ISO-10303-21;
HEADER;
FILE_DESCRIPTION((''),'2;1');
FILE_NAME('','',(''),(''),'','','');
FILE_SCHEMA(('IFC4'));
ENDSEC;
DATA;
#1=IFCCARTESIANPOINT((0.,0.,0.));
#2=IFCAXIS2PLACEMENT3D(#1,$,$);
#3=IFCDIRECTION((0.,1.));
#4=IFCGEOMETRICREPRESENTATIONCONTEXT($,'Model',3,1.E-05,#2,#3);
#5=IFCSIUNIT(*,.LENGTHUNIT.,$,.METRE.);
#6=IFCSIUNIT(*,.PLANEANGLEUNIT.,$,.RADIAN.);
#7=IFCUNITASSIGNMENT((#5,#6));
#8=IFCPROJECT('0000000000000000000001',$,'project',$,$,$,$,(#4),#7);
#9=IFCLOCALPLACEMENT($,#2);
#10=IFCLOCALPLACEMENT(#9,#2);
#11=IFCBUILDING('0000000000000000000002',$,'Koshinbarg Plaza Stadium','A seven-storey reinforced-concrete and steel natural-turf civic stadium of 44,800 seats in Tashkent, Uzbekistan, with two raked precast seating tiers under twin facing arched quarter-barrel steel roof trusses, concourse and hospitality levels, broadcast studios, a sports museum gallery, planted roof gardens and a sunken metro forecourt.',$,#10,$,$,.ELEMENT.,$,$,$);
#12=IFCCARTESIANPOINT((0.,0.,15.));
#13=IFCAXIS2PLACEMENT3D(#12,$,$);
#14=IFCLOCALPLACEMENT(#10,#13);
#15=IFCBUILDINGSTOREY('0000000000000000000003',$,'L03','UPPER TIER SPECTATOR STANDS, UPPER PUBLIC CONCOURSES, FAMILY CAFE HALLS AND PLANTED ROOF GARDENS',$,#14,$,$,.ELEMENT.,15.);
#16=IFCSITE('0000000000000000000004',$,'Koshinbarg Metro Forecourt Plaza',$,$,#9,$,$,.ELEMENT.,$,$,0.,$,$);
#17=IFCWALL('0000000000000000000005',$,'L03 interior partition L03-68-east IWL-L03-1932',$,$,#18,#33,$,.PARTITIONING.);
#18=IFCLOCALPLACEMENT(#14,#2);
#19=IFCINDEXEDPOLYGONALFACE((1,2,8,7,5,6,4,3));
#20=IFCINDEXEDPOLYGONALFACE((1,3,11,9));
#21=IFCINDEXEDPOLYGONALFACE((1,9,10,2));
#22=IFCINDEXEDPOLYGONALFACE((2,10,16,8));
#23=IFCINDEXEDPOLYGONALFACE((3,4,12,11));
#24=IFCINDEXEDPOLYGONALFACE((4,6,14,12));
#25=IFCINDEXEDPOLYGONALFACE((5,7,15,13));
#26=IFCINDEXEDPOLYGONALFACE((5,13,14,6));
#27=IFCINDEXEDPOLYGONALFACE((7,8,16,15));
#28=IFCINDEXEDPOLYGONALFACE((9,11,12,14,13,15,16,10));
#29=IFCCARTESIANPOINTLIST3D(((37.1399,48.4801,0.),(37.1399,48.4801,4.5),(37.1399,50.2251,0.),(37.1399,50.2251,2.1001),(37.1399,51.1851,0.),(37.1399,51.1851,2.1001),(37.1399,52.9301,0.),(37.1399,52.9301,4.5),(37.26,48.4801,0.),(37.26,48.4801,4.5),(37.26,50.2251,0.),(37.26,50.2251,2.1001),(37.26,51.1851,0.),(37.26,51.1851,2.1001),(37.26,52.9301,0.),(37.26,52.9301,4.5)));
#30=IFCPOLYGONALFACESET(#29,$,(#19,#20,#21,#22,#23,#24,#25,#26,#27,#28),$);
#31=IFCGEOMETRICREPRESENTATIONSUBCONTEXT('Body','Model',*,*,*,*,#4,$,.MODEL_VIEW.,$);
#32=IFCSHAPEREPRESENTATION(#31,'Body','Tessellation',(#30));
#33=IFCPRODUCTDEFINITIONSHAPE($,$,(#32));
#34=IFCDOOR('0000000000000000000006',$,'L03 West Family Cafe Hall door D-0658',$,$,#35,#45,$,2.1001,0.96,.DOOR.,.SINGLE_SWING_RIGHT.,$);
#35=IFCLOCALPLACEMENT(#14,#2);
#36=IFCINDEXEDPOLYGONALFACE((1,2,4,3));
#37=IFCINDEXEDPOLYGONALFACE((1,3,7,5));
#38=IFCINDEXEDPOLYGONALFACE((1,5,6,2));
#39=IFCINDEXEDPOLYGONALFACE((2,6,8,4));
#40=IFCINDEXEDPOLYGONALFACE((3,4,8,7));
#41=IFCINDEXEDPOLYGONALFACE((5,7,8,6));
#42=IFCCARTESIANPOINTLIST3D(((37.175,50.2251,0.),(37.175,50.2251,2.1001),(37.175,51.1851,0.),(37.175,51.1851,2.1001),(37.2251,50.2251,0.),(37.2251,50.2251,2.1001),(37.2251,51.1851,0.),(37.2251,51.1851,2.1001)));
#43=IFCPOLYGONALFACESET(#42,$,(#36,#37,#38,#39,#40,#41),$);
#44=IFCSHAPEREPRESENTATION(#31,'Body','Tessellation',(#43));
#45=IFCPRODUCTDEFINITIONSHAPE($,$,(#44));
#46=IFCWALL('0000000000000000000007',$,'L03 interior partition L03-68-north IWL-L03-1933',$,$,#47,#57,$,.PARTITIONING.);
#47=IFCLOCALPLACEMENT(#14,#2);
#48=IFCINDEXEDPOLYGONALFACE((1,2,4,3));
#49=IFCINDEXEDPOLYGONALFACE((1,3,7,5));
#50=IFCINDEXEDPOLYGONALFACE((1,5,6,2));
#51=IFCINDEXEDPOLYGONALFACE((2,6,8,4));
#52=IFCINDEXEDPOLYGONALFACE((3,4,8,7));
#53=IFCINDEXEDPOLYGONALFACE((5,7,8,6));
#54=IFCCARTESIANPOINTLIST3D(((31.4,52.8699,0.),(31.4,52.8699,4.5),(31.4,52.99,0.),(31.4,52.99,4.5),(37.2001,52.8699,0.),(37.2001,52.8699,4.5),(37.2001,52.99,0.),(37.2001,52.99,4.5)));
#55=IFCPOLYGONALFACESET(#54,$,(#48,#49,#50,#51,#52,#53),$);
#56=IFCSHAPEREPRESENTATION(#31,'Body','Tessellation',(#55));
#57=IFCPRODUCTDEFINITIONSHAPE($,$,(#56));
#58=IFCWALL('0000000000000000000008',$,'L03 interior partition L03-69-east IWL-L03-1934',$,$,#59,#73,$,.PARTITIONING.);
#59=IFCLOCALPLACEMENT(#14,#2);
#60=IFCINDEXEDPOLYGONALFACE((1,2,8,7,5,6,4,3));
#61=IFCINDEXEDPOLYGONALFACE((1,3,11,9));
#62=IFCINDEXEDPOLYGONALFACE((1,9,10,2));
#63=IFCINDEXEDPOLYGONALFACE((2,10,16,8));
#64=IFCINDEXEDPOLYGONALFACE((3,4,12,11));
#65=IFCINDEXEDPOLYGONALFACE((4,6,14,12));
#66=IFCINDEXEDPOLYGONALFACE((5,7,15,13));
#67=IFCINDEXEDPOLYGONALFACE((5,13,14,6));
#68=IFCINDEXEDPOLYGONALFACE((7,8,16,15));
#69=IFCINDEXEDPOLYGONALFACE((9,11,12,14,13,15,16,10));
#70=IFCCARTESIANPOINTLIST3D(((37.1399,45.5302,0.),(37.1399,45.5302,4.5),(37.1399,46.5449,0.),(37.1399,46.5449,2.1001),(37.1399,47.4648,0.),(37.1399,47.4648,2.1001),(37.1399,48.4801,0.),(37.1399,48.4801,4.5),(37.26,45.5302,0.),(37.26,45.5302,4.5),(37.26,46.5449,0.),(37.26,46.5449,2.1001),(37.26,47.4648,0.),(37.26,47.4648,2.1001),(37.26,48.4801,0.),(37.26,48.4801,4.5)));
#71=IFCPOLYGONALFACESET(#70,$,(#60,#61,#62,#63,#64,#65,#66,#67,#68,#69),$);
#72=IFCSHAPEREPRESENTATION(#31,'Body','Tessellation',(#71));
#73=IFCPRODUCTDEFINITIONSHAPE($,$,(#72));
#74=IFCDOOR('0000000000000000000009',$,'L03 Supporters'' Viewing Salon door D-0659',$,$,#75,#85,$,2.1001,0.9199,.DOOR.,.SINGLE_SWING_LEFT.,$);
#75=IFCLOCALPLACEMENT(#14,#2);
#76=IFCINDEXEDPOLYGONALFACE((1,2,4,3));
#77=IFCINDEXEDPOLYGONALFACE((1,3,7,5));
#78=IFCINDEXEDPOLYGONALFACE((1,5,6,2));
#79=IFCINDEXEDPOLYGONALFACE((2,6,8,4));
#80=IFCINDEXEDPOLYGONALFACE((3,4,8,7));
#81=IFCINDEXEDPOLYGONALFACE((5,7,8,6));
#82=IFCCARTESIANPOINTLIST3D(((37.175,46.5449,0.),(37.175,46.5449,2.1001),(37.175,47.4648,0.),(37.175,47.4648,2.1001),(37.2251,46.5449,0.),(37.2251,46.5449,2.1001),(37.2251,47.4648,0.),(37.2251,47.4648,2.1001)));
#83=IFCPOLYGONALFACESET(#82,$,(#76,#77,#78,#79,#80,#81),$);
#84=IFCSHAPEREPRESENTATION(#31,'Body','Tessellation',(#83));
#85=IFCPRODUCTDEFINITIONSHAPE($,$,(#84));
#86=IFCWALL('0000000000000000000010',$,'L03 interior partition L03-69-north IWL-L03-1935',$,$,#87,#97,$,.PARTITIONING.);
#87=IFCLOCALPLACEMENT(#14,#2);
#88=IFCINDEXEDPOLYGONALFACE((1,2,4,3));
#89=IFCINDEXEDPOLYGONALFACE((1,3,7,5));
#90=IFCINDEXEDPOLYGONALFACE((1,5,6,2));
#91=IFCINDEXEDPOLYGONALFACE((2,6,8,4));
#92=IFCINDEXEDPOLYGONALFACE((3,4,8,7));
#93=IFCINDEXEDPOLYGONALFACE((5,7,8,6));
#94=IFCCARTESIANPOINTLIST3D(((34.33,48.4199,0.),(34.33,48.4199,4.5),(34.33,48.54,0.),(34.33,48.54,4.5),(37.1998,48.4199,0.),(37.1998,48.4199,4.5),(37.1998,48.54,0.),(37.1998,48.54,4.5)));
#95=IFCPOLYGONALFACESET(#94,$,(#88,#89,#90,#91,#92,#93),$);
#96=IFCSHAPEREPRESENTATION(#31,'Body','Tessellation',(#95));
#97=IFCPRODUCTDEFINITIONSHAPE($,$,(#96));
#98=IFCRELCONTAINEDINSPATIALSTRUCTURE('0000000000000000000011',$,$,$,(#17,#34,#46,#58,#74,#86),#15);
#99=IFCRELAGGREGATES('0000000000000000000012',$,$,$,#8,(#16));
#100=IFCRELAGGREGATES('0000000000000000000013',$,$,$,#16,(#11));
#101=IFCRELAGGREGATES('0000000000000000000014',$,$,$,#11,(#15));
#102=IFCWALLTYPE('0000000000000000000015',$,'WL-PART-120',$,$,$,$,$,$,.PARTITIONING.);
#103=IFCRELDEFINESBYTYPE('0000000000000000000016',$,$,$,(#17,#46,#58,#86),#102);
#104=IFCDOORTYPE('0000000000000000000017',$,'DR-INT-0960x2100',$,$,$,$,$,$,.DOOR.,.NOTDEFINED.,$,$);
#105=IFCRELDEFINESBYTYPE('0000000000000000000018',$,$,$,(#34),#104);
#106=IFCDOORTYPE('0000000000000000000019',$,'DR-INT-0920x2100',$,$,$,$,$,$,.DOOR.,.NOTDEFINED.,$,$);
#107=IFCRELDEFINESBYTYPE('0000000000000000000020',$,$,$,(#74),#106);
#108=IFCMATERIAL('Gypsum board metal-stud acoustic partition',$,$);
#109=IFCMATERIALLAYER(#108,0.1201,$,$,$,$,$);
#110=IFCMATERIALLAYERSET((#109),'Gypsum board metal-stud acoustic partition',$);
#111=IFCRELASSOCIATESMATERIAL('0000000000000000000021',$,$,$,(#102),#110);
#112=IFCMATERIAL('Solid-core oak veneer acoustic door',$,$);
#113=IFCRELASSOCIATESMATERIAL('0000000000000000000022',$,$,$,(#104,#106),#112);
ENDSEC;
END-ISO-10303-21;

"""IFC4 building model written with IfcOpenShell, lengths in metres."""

from ifc_helpers import new_model, si_unit, direction, frame, frame_2d, origin, place, context, subcontext, project, spatial, rectangle, extrude, material, layer, layer_set, type_object, element, fill, save


model = new_model("IFC4")

# Units and contexts
model_context = context("Model", 3, precision=1e-05, world=origin(), true_north=direction((0.0, 1.0)))
body_context = subcontext(model_context, "Body", "Model", "MODEL_VIEW")
ifc_project = project(units=[si_unit("LENGTHUNIT", "METRE"), si_unit("PLANEANGLEUNIT", "RADIAN")], contexts=[model_context])

# Site, building, storey
site_placement = place(None, origin())
site = spatial("IfcSite", under=ifc_project, at=site_placement, Name="Koshinbarg Metro Forecourt Plaza", CompositionType="ELEMENT", RefElevation=0.0)
building_placement = place(site_placement, origin())
building = spatial("IfcBuilding", under=site, at=building_placement, Name="Koshinbarg Plaza Stadium", Description="A seven-storey reinforced-concrete and steel natural-turf civic stadium of 44,800 seats in Tashkent, Uzbekistan, with two raked precast seating tiers under twin facing arched quarter-barrel steel roof trusses, concourse and hospitality levels, broadcast studios, a sports museum gallery, planted roof gardens and a sunken metro forecourt.", CompositionType="ELEMENT")
storey_placement = place(building_placement, frame((0.0, 0.0, 15.0)))
storey = spatial("IfcBuildingStorey", under=building, at=storey_placement, Name="L03", Description="UPPER TIER SPECTATOR STANDS, UPPER PUBLIC CONCOURSES, FAMILY CAFE HALLS AND PLANTED ROOF GARDENS", CompositionType="ELEMENT", Elevation=15.0)

# Wall, opening, door
ifc_material_1 = material(Name="Gypsum board metal-stud acoustic partition")
ifc_layer_1 = layer(ifc_material_1, 0.1201)
ifc_layer_set_1 = layer_set([ifc_layer_1], Name="Gypsum board metal-stud acoustic partition")
wall_type_1 = type_object("IfcWallType", Name="WL-PART-120", PredefinedType="PARTITIONING", material=ifc_layer_set_1)
wall_1_placement = place(storey_placement, frame((37.2, 48.48, 0.0), z_axis=(0.0, 0.0, 1.0), x_axis=(0.0, 1.0, 0.0)))
wall_1 = element("IfcWall", 1, at=wall_1_placement, inside=storey, type_object=wall_type_1, Name="L03 interior partition L03-68-east IWL-L03-1932", PredefinedType="PARTITIONING", context=body_context, shape_type="SweptSolid", body=[
    extrude(rectangle(XDim=4.45, YDim=0.1201, at=frame_2d((2.2251, 0.0))), origin(), (0.0, 0.0, 1.0), 4.5),
])
opening_1_placement = place(wall_1_placement, frame((1.7451, 0.0, 0.0)))
opening_1 = element("IfcOpeningElement", 2, at=opening_1_placement, cuts=wall_1, PredefinedType="OPENING", context=body_context, shape_type="SweptSolid", body=[
    extrude(rectangle(XDim=0.96, YDim=2.1001, at=frame_2d((0.48, 1.05))), frame((0.0, 0.0701, 0.0), z_axis=(0.0, -1.0, 0.0), x_axis=(1.0, 0.0, 0.0)), (0.0, 0.0, 1.0), 0.1401),
])
ifc_material_2 = material(Name="Solid-core oak veneer acoustic door")
door_type_1 = type_object("IfcDoorType", Name="DR-INT-0960x2100", OperationType="NOTDEFINED", PredefinedType="DOOR", material=ifc_material_2)
door_1_placement = place(opening_1_placement, origin())
door_1 = element("IfcDoor", 3, at=door_1_placement, inside=storey, type_object=door_type_1, Name="L03 West Family Cafe Hall door D-0658", OperationType="SINGLE_SWING_RIGHT", OverallHeight=2.1001, OverallWidth=0.96, PredefinedType="DOOR", context=body_context, shape_type="SweptSolid", body=[
    extrude(rectangle(XDim=0.96, YDim=2.1001, at=frame_2d((0.48, 1.05))), frame((0.0, 0.0249, 0.0), z_axis=(0.0, -1.0, 0.0), x_axis=(1.0, 0.0, 0.0)), (0.0, 0.0, 1.0), 0.05),
])
fill(opening_1, door_1)

# Wall
wall_2_placement = place(storey_placement, frame((37.2, 52.9299, 0.0), z_axis=(0.0, 0.0, 1.0), x_axis=(-1.0, 0.0, 0.0)))
element("IfcWall", 4, at=wall_2_placement, inside=storey, type_object=wall_type_1, Name="L03 interior partition L03-68-north IWL-L03-1933", PredefinedType="PARTITIONING", context=body_context, shape_type="SweptSolid", body=[
    extrude(rectangle(XDim=5.8, YDim=0.1201, at=frame_2d((2.8999, 0.0))), origin(), (0.0, 0.0, 1.0), 4.5),
])

# Wall, opening, door
wall_3_placement = place(storey_placement, frame((37.2, 45.53, 0.0), z_axis=(0.0, 0.0, 1.0), x_axis=(0.0, 1.0, 0.0)))
wall_3 = element("IfcWall", 5, at=wall_3_placement, inside=storey, type_object=wall_type_1, Name="L03 interior partition L03-69-east IWL-L03-1934", PredefinedType="PARTITIONING", context=body_context, shape_type="SweptSolid", body=[
    extrude(rectangle(XDim=2.95, YDim=0.1201, at=frame_2d((1.4751, 0.0))), origin(), (0.0, 0.0, 1.0), 4.5),
])
opening_2_placement = place(wall_3_placement, frame((1.0149, 0.0, 0.0)))
opening_2 = element("IfcOpeningElement", 6, at=opening_2_placement, cuts=wall_3, PredefinedType="OPENING", context=body_context, shape_type="SweptSolid", body=[
    extrude(rectangle(XDim=0.9199, YDim=2.1001, at=frame_2d((0.46, 1.05))), frame((0.0, 0.0701, 0.0), z_axis=(0.0, -1.0, 0.0), x_axis=(1.0, 0.0, 0.0)), (0.0, 0.0, 1.0), 0.1401),
])
door_type_2 = type_object("IfcDoorType", Name="DR-INT-0920x2100", OperationType="NOTDEFINED", PredefinedType="DOOR", material=ifc_material_2)
door_2_placement = place(opening_2_placement, origin())
door_2 = element("IfcDoor", 7, at=door_2_placement, inside=storey, type_object=door_type_2, Name="L03 Supporters' Viewing Salon door D-0659", OperationType="SINGLE_SWING_LEFT", OverallHeight=2.1001, OverallWidth=0.9199, PredefinedType="DOOR", context=body_context, shape_type="SweptSolid", body=[
    extrude(rectangle(XDim=0.9199, YDim=2.1001, at=frame_2d((0.46, 1.05))), frame((0.0, 0.0249, 0.0), z_axis=(0.0, -1.0, 0.0), x_axis=(1.0, 0.0, 0.0)), (0.0, 0.0, 1.0), 0.05),
])
fill(opening_2, door_2)

# Wall
wall_4_placement = place(storey_placement, frame((37.2, 48.48, 0.0), z_axis=(0.0, 0.0, 1.0), x_axis=(-1.0, 0.0, 0.0)))
element("IfcWall", 8, at=wall_4_placement, inside=storey, type_object=wall_type_1, Name="L03 interior partition L03-69-north IWL-L03-1935", PredefinedType="PARTITIONING", context=body_context, shape_type="SweptSolid", body=[
    extrude(rectangle(XDim=2.8699, YDim=0.1201, at=frame_2d((1.4351, 0.0))), origin(), (0.0, 0.0, 1.0), 4.5),
])

save(model, "model.ifc")
